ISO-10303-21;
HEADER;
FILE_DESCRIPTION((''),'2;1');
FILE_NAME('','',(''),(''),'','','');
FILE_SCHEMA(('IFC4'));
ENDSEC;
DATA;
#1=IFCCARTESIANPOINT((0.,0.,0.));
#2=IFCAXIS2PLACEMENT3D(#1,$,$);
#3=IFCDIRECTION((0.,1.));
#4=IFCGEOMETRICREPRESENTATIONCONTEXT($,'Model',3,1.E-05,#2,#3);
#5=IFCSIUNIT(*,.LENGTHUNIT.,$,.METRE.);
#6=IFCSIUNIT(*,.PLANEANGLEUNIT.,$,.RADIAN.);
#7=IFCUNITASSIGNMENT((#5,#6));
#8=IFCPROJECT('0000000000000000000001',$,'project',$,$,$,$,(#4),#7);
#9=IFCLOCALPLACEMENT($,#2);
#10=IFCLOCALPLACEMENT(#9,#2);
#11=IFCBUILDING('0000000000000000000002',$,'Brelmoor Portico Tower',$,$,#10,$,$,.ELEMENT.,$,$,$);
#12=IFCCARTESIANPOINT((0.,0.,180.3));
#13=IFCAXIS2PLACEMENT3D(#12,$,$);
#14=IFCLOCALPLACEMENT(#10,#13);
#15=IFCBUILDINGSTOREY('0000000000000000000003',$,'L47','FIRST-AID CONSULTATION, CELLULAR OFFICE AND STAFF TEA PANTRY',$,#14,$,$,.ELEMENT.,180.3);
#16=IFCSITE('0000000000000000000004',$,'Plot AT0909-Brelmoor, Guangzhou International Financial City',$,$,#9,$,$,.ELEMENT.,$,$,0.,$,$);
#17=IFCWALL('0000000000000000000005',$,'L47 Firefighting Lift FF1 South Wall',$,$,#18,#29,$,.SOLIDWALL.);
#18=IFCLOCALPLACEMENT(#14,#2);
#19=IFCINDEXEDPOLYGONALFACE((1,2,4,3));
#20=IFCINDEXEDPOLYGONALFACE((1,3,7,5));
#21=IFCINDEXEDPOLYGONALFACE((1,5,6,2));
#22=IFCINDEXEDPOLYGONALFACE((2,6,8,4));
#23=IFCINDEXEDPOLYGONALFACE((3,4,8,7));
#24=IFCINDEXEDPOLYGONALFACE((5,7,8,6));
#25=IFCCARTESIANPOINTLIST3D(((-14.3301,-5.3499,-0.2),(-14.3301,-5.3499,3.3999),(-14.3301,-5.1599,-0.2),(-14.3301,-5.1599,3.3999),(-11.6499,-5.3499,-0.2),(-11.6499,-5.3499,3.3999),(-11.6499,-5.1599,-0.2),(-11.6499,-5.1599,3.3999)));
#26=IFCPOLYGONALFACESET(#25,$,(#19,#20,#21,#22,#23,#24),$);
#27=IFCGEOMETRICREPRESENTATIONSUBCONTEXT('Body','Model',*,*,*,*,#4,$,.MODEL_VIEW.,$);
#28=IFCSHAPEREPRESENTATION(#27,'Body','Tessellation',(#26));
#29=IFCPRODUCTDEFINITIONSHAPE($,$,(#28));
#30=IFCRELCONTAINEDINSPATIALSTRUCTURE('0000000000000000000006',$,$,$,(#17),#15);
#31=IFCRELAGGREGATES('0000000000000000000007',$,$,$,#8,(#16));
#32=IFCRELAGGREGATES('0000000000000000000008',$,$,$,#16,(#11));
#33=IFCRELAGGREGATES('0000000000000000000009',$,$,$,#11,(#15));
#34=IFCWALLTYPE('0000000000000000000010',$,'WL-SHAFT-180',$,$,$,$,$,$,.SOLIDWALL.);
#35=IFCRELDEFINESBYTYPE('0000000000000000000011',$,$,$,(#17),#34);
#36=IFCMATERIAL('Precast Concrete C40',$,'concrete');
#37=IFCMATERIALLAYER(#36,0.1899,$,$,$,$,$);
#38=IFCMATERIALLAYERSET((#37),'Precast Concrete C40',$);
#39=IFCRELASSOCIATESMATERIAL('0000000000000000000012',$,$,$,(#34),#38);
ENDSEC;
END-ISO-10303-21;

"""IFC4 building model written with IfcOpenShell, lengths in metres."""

from ifc_helpers import new_model, si_unit, direction, frame, frame_2d, origin, place, context, subcontext, project, spatial, rectangle, extrude, material, layer, layer_set, type_object, element, save


model = new_model("IFC4")

# Units and contexts
model_context = context("Model", 3, precision=1e-05, world=origin(), true_north=direction((0.0, 1.0)))
body_context = subcontext(model_context, "Body", "Model", "MODEL_VIEW")
ifc_project = project(units=[si_unit("LENGTHUNIT", "METRE"), si_unit("PLANEANGLEUNIT", "RADIAN")], contexts=[model_context])

# Site, building, storey
site_placement = place(None, origin())
site = spatial("IfcSite", under=ifc_project, at=site_placement, Name="Plot AT0909-Brelmoor, Guangzhou International Financial City", CompositionType="ELEMENT", RefElevation=0.0)
building_placement = place(site_placement, origin())
building = spatial("IfcBuilding", under=site, at=building_placement, Name="Brelmoor Portico Tower", CompositionType="ELEMENT")
storey_placement = place(building_placement, frame((0.0, 0.0, 180.3)))
storey = spatial("IfcBuildingStorey", under=building, at=storey_placement, Name="L47", Description="FIRST-AID CONSULTATION, CELLULAR OFFICE AND STAFF TEA PANTRY", CompositionType="ELEMENT", Elevation=180.3)

# Shared definitions
ifc_material_1 = material(Name="Precast Concrete C40", Category="concrete")
ifc_layer_1 = layer(ifc_material_1, 0.1899)
ifc_layer_set_1 = layer_set([ifc_layer_1], Name="Precast Concrete C40")
wall_type_1 = type_object("IfcWallType", Name="WL-SHAFT-180", PredefinedType="SOLIDWALL", material=ifc_layer_set_1)

# Wall
wall_1_placement = place(storey_placement, frame((-14.3301, -5.2549, -0.2), z_axis=(0.0, 0.0, 1.0), x_axis=(1.0, 0.0, 0.0)))
element("IfcWall", 1, at=wall_1_placement, inside=storey, type_object=wall_type_1, Name="L47 Firefighting Lift FF1 South Wall", PredefinedType="SOLIDWALL", context=body_context, shape_type="SweptSolid", body=[
    extrude(rectangle(XDim=2.6802, YDim=0.1899, at=frame_2d((1.3401, 0.0))), origin(), (0.0, 0.0, 1.0), 3.5999),
])

save(model, "model.ifc")
